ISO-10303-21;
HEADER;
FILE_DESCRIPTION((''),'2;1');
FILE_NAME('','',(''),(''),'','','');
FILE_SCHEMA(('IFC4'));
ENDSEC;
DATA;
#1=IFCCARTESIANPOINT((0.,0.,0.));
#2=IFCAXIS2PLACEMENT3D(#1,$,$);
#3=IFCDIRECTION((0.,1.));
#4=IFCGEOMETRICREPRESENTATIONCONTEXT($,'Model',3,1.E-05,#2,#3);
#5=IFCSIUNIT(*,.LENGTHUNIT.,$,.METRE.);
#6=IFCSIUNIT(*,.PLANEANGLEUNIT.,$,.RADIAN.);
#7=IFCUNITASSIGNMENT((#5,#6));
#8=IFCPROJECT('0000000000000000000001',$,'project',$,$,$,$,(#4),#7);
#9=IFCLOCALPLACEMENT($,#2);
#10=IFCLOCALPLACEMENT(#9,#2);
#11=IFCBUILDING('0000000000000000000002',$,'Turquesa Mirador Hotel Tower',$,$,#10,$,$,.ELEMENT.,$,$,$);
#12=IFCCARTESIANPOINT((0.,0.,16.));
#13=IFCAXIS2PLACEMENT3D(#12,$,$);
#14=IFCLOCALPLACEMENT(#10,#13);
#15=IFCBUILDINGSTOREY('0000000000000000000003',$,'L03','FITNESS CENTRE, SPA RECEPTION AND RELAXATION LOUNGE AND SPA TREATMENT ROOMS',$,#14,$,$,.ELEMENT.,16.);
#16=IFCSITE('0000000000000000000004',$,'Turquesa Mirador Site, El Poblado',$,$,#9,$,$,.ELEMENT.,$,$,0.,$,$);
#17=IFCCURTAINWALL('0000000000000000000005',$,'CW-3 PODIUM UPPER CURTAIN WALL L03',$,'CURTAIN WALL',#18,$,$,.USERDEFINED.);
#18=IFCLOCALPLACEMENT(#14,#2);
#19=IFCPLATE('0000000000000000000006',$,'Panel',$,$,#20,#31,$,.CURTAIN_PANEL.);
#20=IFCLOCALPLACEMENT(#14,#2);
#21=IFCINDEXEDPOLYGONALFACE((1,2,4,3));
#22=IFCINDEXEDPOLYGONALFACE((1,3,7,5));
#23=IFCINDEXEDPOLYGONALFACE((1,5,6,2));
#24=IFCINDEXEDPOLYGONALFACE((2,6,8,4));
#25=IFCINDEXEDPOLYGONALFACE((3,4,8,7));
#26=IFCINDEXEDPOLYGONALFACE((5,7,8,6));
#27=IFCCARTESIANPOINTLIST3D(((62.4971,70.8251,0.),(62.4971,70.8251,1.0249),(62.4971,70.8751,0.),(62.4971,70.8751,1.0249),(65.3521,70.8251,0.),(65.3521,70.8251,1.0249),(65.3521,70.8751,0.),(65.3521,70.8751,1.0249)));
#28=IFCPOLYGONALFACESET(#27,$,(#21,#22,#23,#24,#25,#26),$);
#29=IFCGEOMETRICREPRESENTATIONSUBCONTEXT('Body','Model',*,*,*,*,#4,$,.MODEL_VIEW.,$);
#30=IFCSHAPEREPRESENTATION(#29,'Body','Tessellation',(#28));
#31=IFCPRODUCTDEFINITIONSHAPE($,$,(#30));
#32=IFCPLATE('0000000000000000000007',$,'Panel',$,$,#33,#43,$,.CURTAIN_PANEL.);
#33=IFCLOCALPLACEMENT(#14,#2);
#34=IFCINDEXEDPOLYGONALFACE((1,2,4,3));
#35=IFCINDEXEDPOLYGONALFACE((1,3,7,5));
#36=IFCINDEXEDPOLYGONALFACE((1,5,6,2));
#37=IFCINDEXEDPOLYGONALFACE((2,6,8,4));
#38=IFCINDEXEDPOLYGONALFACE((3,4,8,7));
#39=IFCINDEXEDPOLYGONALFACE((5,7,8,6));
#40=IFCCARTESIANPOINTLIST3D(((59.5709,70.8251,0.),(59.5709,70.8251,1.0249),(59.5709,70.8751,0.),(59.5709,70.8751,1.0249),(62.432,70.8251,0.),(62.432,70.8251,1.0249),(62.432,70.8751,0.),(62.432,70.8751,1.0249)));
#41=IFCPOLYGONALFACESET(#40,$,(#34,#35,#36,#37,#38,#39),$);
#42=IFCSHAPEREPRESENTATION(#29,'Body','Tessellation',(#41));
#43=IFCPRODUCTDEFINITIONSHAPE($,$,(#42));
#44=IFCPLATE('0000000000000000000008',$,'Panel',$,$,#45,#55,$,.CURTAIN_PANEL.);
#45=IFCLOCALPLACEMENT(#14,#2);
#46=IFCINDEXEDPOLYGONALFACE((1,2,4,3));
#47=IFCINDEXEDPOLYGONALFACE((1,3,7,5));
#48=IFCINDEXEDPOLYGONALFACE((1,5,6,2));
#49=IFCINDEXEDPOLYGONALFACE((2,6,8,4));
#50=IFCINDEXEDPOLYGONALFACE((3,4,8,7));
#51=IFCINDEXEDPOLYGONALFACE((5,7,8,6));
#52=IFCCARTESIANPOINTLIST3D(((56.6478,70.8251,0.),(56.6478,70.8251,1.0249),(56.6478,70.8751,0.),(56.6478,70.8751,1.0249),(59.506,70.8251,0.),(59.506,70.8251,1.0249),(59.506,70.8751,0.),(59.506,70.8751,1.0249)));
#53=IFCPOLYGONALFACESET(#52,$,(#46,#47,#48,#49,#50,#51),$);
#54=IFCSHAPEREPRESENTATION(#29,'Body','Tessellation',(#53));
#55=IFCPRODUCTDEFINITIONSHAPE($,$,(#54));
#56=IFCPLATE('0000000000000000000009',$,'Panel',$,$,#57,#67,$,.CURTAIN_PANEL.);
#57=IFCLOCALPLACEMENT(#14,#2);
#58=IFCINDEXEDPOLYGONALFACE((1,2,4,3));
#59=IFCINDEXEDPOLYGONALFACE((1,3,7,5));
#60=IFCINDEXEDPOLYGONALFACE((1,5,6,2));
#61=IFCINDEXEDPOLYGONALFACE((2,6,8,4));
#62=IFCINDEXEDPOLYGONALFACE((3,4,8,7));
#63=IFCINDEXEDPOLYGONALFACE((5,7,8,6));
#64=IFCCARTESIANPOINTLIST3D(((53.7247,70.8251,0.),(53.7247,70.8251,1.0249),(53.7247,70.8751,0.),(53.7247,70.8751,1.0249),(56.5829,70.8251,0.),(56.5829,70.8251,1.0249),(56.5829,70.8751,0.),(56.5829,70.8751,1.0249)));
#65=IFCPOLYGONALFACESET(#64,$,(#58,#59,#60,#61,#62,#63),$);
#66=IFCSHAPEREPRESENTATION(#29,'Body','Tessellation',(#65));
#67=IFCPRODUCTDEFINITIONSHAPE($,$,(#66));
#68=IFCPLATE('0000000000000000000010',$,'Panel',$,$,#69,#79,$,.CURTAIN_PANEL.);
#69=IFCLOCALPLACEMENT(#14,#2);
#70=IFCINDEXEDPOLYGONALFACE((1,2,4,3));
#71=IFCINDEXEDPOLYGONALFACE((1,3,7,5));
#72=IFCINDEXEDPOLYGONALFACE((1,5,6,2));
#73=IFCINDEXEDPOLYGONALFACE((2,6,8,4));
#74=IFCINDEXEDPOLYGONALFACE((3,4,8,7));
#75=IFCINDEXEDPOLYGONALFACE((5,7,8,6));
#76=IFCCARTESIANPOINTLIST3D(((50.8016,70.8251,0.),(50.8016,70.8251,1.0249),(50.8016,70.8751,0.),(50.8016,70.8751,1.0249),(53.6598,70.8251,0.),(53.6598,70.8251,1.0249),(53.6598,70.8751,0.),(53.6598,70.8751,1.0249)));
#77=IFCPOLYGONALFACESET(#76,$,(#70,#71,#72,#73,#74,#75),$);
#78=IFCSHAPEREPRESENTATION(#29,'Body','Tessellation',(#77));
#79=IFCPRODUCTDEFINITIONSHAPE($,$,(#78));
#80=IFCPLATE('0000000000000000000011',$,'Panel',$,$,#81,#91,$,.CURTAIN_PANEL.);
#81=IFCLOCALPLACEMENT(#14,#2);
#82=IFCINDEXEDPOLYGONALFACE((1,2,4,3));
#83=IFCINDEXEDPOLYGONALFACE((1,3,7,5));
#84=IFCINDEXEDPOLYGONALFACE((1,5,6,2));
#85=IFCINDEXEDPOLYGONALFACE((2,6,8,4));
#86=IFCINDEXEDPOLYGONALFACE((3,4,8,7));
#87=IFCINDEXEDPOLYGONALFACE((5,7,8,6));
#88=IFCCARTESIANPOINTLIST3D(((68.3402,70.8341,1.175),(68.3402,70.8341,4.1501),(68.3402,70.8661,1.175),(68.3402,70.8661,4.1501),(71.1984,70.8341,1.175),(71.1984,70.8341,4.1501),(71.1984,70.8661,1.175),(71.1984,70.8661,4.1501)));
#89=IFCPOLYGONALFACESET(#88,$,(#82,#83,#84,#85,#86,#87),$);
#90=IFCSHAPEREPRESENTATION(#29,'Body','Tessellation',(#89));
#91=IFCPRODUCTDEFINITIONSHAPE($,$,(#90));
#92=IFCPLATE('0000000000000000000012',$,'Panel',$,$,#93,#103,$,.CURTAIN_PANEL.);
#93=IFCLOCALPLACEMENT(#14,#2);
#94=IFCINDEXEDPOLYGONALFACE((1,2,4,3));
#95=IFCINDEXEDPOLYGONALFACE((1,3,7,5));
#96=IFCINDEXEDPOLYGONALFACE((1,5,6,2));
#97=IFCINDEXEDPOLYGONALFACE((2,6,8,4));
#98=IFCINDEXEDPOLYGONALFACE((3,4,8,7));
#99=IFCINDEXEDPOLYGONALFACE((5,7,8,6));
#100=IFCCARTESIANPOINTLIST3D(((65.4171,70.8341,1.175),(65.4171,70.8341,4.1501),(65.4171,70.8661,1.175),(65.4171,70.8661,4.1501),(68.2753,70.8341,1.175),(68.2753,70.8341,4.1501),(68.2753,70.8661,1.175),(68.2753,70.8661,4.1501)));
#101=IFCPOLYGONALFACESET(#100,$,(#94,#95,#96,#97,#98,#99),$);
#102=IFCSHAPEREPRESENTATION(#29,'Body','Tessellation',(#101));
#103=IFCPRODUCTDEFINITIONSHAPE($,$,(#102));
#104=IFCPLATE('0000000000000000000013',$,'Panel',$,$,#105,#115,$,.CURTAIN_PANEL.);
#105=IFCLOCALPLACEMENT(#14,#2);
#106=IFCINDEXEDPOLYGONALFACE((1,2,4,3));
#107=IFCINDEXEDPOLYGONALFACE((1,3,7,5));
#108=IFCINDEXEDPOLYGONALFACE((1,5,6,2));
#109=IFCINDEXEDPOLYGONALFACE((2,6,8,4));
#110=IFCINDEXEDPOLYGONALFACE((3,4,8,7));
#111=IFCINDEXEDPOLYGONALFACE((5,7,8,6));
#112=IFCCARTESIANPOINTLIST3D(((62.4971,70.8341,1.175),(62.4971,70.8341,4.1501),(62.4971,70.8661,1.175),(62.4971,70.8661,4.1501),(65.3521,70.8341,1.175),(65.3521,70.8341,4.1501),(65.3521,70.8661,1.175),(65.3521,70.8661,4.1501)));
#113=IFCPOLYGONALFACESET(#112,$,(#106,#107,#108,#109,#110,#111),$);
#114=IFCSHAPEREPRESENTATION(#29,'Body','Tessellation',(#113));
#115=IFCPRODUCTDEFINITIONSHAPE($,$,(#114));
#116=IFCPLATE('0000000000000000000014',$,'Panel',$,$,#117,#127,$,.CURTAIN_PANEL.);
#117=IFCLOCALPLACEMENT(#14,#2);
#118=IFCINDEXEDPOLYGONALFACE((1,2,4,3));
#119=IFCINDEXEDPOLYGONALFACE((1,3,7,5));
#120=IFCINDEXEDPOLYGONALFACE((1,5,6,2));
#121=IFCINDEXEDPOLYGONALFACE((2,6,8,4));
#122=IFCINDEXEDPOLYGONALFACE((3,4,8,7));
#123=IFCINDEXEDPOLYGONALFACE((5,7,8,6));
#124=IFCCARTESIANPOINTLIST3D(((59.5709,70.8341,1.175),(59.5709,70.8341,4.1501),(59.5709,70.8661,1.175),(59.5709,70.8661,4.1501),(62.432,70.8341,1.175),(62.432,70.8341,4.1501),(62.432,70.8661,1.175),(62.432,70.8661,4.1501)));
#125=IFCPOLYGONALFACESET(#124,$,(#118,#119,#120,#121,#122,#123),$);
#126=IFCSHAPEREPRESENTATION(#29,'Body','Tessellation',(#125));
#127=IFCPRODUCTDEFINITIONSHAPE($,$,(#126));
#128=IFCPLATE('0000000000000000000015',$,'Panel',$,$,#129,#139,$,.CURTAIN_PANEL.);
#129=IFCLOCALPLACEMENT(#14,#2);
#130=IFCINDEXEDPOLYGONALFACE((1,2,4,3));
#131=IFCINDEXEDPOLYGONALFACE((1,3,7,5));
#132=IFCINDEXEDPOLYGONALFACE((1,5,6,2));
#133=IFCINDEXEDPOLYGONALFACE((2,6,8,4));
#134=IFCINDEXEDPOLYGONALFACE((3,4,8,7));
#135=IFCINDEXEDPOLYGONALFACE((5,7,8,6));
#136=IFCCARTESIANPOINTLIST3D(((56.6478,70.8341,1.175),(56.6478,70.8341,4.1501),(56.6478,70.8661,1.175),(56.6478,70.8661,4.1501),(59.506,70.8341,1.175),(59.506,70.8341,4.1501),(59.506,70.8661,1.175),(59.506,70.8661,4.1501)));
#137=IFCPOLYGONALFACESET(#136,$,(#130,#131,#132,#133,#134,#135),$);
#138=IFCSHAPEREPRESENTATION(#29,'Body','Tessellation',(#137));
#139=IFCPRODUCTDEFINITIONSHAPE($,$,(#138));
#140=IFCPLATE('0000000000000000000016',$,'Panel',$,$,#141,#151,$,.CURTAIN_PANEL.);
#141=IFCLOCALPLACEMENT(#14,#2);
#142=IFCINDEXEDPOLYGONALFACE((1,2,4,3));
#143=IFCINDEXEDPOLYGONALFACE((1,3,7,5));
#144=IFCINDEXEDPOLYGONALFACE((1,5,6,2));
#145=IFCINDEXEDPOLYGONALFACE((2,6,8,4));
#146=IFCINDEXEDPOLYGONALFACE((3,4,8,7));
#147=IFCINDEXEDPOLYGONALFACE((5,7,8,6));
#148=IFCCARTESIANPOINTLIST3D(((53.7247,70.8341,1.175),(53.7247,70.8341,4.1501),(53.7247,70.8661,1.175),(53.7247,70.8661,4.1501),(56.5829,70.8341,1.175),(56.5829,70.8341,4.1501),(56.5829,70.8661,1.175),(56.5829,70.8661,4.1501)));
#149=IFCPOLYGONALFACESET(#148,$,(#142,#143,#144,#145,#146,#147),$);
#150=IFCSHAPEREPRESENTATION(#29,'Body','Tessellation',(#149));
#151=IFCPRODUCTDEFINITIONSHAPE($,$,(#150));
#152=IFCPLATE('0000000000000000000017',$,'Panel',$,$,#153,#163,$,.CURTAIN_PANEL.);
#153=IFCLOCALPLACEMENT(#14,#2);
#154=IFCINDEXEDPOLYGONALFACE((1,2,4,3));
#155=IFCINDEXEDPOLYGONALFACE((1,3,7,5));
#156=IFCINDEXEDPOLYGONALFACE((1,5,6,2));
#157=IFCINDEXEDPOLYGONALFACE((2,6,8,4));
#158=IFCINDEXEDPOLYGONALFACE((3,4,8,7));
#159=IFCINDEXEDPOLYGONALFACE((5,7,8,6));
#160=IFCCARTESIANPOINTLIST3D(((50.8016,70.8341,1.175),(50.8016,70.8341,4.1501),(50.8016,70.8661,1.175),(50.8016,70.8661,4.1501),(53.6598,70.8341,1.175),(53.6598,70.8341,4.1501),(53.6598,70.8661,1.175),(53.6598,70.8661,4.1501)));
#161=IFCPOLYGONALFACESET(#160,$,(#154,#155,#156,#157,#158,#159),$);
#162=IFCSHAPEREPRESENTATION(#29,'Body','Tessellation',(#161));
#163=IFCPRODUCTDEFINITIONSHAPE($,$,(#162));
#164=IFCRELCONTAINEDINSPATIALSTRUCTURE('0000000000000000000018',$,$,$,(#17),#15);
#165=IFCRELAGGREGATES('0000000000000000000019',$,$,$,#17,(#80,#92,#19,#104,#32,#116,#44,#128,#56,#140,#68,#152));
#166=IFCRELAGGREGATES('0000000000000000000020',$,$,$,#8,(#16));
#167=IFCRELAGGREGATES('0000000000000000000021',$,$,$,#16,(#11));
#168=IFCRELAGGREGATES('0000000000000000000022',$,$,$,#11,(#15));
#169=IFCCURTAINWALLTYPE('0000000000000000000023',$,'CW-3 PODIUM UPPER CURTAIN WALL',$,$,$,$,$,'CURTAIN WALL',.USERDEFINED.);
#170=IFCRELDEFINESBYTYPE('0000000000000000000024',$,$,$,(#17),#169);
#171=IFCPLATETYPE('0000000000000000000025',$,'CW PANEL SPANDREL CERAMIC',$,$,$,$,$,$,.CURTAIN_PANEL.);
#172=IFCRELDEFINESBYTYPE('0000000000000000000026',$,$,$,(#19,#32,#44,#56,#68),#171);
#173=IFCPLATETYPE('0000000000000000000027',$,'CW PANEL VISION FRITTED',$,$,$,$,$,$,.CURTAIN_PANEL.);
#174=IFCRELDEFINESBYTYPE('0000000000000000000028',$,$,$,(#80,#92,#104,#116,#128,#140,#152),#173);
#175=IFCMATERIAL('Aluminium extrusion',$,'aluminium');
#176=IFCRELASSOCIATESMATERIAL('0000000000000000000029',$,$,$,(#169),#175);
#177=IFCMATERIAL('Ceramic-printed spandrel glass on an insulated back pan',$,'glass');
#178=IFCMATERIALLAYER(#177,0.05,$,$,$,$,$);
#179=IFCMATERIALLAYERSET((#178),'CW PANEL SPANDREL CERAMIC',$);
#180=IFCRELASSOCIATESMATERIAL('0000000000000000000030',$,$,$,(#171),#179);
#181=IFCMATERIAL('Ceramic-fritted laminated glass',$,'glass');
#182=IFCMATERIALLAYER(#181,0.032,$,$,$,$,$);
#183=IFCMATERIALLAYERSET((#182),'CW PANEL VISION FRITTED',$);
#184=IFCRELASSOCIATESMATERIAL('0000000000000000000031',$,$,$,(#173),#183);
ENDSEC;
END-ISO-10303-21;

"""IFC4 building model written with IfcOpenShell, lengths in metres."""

from ifc_helpers import new_model, si_unit, direction, frame, origin, origin_2d, place, context, subcontext, project, spatial, rectangle, extrude, material, layer, layer_set, type_object, element, aggregate, save


model = new_model("IFC4")

# Units and contexts
model_context = context("Model", 3, precision=1e-05, world=origin(), true_north=direction((0.0, 1.0)))
body_context = subcontext(model_context, "Body", "Model", "MODEL_VIEW")
ifc_project = project(units=[si_unit("LENGTHUNIT", "METRE"), si_unit("PLANEANGLEUNIT", "RADIAN")], contexts=[model_context])

# Site, building, storey
site_placement = place(None, origin())
site = spatial("IfcSite", under=ifc_project, at=site_placement, Name="Turquesa Mirador Site, El Poblado", CompositionType="ELEMENT", RefElevation=0.0)
building_placement = place(site_placement, origin())
building = spatial("IfcBuilding", under=site, at=building_placement, Name="Turquesa Mirador Hotel Tower", CompositionType="ELEMENT")
storey_placement = place(building_placement, frame((0.0, 0.0, 16.0)))
storey = spatial("IfcBuildingStorey", under=building, at=storey_placement, Name="L03", Description="FITNESS CENTRE, SPA RECEPTION AND RELAXATION LOUNGE AND SPA TREATMENT ROOMS", CompositionType="ELEMENT", Elevation=16.0)

# Curtain wall, plates
ifc_material_1 = material(Name="Aluminium extrusion", Category="aluminium")
curtain_wall_type = type_object("IfcCurtainWallType", Name="CW-3 PODIUM UPPER CURTAIN WALL", ElementType="CURTAIN WALL", PredefinedType="USERDEFINED", material=ifc_material_1)
curtain_wall_placement = place(storey_placement, origin())
curtain_wall = element("IfcCurtainWall", 1, at=curtain_wall_placement, inside=storey, type_object=curtain_wall_type, Name="CW-3 PODIUM UPPER CURTAIN WALL L03", ObjectType="CURTAIN WALL", PredefinedType="USERDEFINED")
ifc_material_2 = material(Name="Ceramic-printed spandrel glass on an insulated back pan", Category="glass")
ifc_layer_1 = layer(ifc_material_2, 0.05)
ifc_layer_set_1 = layer_set([ifc_layer_1], Name="CW PANEL SPANDREL CERAMIC")
plate_type_1 = type_object("IfcPlateType", Name="CW PANEL SPANDREL CERAMIC", PredefinedType="CURTAIN_PANEL", material=ifc_layer_set_1)
plate_1_placement = place(storey_placement, frame((63.9246, 70.8501, 0.0), z_axis=(0.0, 0.0, 1.0), x_axis=(-1.0, 0.0, 0.0)))
plate_1 = element("IfcPlate", 2, at=plate_1_placement, type_object=plate_type_1, Name="Panel", PredefinedType="CURTAIN_PANEL", context=body_context, shape_type="SweptSolid", body=[
    extrude(rectangle(XDim=2.855, YDim=0.05, at=origin_2d()), origin(), (0.0, 0.0, 1.0), 1.0249),
])
plate_2_placement = place(storey_placement, frame((61.0015, 70.8501, 0.0), z_axis=(0.0, 0.0, 1.0), x_axis=(-1.0, 0.0, 0.0)))
plate_2 = element("IfcPlate", 3, at=plate_2_placement, type_object=plate_type_1, Name="Panel", PredefinedType="CURTAIN_PANEL", context=body_context, shape_type="SweptSolid", body=[
    extrude(rectangle(XDim=2.8611, YDim=0.05, at=origin_2d()), origin(), (0.0, 0.0, 1.0), 1.0249),
])
plate_3_placement = place(storey_placement, frame((58.0769, 70.8501, 0.0), z_axis=(0.0, 0.0, 1.0), x_axis=(-1.0, 0.0, 0.0)))
plate_3 = element("IfcPlate", 4, at=plate_3_placement, type_object=plate_type_1, Name="Panel", PredefinedType="CURTAIN_PANEL", context=body_context, shape_type="SweptSolid", body=[
    extrude(rectangle(XDim=2.8582, YDim=0.05, at=origin_2d()), origin(), (0.0, 0.0, 1.0), 1.0249),
])
plate_4_placement = place(storey_placement, frame((55.1538, 70.8501, 0.0), z_axis=(0.0, 0.0, 1.0), x_axis=(-1.0, 0.0, 0.0)))
plate_4 = element("IfcPlate", 5, at=plate_4_placement, type_object=plate_type_1, Name="Panel", PredefinedType="CURTAIN_PANEL", context=body_context, shape_type="SweptSolid", body=[
    extrude(rectangle(XDim=2.8582, YDim=0.05, at=origin_2d()), origin(), (0.0, 0.0, 1.0), 1.0249),
])
plate_5_placement = place(storey_placement, frame((52.2307, 70.8501, 0.0), z_axis=(0.0, 0.0, 1.0), x_axis=(-1.0, 0.0, 0.0)))
plate_5 = element("IfcPlate", 6, at=plate_5_placement, type_object=plate_type_1, Name="Panel", PredefinedType="CURTAIN_PANEL", context=body_context, shape_type="SweptSolid", body=[
    extrude(rectangle(XDim=2.8582, YDim=0.05, at=origin_2d()), origin(), (0.0, 0.0, 1.0), 1.0249),
])
ifc_material_3 = material(Name="Ceramic-fritted laminated glass", Category="glass")
ifc_layer_2 = layer(ifc_material_3, 0.032)
ifc_layer_set_2 = layer_set([ifc_layer_2], Name="CW PANEL VISION FRITTED")
plate_type_2 = type_object("IfcPlateType", Name="CW PANEL VISION FRITTED", PredefinedType="CURTAIN_PANEL", material=ifc_layer_set_2)
plate_6_placement = place(storey_placement, frame((69.7693, 70.8501, 1.175), z_axis=(0.0, 0.0, 1.0), x_axis=(-1.0, 0.0, 0.0)))
plate_6 = element("IfcPlate", 7, at=plate_6_placement, type_object=plate_type_2, Name="Panel", PredefinedType="CURTAIN_PANEL", context=body_context, shape_type="SweptSolid", body=[
    extrude(rectangle(XDim=2.8582, YDim=0.032, at=origin_2d()), origin(), (0.0, 0.0, 1.0), 2.9751),
])
plate_7_placement = place(storey_placement, frame((66.8462, 70.8501, 1.175), z_axis=(0.0, 0.0, 1.0), x_axis=(-1.0, 0.0, 0.0)))
plate_7 = element("IfcPlate", 8, at=plate_7_placement, type_object=plate_type_2, Name="Panel", PredefinedType="CURTAIN_PANEL", context=body_context, shape_type="SweptSolid", body=[
    extrude(rectangle(XDim=2.8582, YDim=0.032, at=origin_2d()), origin(), (0.0, 0.0, 1.0), 2.9751),
])
plate_8_placement = place(storey_placement, frame((63.9246, 70.8501, 1.175), z_axis=(0.0, 0.0, 1.0), x_axis=(-1.0, 0.0, 0.0)))
plate_8 = element("IfcPlate", 9, at=plate_8_placement, type_object=plate_type_2, Name="Panel", PredefinedType="CURTAIN_PANEL", context=body_context, shape_type="SweptSolid", body=[
    extrude(rectangle(XDim=2.855, YDim=0.032, at=origin_2d()), origin(), (0.0, 0.0, 1.0), 2.9751),
])
plate_9_placement = place(storey_placement, frame((61.0015, 70.8501, 1.175), z_axis=(0.0, 0.0, 1.0), x_axis=(-1.0, 0.0, 0.0)))
plate_9 = element("IfcPlate", 10, at=plate_9_placement, type_object=plate_type_2, Name="Panel", PredefinedType="CURTAIN_PANEL", context=body_context, shape_type="SweptSolid", body=[
    extrude(rectangle(XDim=2.8611, YDim=0.032, at=origin_2d()), origin(), (0.0, 0.0, 1.0), 2.9751),
])
plate_10_placement = place(storey_placement, frame((58.0769, 70.8501, 1.175), z_axis=(0.0, 0.0, 1.0), x_axis=(-1.0, 0.0, 0.0)))
plate_10 = element("IfcPlate", 11, at=plate_10_placement, type_object=plate_type_2, Name="Panel", PredefinedType="CURTAIN_PANEL", context=body_context, shape_type="SweptSolid", body=[
    extrude(rectangle(XDim=2.8582, YDim=0.032, at=origin_2d()), origin(), (0.0, 0.0, 1.0), 2.9751),
])
plate_11_placement = place(storey_placement, frame((55.1538, 70.8501, 1.175), z_axis=(0.0, 0.0, 1.0), x_axis=(-1.0, 0.0, 0.0)))
plate_11 = element("IfcPlate", 12, at=plate_11_placement, type_object=plate_type_2, Name="Panel", PredefinedType="CURTAIN_PANEL", context=body_context, shape_type="SweptSolid", body=[
    extrude(rectangle(XDim=2.8582, YDim=0.032, at=origin_2d()), origin(), (0.0, 0.0, 1.0), 2.9751),
])
plate_12_placement = place(storey_placement, frame((52.2307, 70.8501, 1.175), z_axis=(0.0, 0.0, 1.0), x_axis=(-1.0, 0.0, 0.0)))
plate_12 = element("IfcPlate", 13, at=plate_12_placement, type_object=plate_type_2, Name="Panel", PredefinedType="CURTAIN_PANEL", context=body_context, shape_type="SweptSolid", body=[
    extrude(rectangle(XDim=2.8582, YDim=0.032, at=origin_2d()), origin(), (0.0, 0.0, 1.0), 2.9751),
])
aggregate(curtain_wall, [plate_6, plate_7, plate_1, plate_8, plate_2, plate_9, plate_3, plate_10, plate_4, plate_11, plate_5, plate_12])

save(model, "model.ifc")
